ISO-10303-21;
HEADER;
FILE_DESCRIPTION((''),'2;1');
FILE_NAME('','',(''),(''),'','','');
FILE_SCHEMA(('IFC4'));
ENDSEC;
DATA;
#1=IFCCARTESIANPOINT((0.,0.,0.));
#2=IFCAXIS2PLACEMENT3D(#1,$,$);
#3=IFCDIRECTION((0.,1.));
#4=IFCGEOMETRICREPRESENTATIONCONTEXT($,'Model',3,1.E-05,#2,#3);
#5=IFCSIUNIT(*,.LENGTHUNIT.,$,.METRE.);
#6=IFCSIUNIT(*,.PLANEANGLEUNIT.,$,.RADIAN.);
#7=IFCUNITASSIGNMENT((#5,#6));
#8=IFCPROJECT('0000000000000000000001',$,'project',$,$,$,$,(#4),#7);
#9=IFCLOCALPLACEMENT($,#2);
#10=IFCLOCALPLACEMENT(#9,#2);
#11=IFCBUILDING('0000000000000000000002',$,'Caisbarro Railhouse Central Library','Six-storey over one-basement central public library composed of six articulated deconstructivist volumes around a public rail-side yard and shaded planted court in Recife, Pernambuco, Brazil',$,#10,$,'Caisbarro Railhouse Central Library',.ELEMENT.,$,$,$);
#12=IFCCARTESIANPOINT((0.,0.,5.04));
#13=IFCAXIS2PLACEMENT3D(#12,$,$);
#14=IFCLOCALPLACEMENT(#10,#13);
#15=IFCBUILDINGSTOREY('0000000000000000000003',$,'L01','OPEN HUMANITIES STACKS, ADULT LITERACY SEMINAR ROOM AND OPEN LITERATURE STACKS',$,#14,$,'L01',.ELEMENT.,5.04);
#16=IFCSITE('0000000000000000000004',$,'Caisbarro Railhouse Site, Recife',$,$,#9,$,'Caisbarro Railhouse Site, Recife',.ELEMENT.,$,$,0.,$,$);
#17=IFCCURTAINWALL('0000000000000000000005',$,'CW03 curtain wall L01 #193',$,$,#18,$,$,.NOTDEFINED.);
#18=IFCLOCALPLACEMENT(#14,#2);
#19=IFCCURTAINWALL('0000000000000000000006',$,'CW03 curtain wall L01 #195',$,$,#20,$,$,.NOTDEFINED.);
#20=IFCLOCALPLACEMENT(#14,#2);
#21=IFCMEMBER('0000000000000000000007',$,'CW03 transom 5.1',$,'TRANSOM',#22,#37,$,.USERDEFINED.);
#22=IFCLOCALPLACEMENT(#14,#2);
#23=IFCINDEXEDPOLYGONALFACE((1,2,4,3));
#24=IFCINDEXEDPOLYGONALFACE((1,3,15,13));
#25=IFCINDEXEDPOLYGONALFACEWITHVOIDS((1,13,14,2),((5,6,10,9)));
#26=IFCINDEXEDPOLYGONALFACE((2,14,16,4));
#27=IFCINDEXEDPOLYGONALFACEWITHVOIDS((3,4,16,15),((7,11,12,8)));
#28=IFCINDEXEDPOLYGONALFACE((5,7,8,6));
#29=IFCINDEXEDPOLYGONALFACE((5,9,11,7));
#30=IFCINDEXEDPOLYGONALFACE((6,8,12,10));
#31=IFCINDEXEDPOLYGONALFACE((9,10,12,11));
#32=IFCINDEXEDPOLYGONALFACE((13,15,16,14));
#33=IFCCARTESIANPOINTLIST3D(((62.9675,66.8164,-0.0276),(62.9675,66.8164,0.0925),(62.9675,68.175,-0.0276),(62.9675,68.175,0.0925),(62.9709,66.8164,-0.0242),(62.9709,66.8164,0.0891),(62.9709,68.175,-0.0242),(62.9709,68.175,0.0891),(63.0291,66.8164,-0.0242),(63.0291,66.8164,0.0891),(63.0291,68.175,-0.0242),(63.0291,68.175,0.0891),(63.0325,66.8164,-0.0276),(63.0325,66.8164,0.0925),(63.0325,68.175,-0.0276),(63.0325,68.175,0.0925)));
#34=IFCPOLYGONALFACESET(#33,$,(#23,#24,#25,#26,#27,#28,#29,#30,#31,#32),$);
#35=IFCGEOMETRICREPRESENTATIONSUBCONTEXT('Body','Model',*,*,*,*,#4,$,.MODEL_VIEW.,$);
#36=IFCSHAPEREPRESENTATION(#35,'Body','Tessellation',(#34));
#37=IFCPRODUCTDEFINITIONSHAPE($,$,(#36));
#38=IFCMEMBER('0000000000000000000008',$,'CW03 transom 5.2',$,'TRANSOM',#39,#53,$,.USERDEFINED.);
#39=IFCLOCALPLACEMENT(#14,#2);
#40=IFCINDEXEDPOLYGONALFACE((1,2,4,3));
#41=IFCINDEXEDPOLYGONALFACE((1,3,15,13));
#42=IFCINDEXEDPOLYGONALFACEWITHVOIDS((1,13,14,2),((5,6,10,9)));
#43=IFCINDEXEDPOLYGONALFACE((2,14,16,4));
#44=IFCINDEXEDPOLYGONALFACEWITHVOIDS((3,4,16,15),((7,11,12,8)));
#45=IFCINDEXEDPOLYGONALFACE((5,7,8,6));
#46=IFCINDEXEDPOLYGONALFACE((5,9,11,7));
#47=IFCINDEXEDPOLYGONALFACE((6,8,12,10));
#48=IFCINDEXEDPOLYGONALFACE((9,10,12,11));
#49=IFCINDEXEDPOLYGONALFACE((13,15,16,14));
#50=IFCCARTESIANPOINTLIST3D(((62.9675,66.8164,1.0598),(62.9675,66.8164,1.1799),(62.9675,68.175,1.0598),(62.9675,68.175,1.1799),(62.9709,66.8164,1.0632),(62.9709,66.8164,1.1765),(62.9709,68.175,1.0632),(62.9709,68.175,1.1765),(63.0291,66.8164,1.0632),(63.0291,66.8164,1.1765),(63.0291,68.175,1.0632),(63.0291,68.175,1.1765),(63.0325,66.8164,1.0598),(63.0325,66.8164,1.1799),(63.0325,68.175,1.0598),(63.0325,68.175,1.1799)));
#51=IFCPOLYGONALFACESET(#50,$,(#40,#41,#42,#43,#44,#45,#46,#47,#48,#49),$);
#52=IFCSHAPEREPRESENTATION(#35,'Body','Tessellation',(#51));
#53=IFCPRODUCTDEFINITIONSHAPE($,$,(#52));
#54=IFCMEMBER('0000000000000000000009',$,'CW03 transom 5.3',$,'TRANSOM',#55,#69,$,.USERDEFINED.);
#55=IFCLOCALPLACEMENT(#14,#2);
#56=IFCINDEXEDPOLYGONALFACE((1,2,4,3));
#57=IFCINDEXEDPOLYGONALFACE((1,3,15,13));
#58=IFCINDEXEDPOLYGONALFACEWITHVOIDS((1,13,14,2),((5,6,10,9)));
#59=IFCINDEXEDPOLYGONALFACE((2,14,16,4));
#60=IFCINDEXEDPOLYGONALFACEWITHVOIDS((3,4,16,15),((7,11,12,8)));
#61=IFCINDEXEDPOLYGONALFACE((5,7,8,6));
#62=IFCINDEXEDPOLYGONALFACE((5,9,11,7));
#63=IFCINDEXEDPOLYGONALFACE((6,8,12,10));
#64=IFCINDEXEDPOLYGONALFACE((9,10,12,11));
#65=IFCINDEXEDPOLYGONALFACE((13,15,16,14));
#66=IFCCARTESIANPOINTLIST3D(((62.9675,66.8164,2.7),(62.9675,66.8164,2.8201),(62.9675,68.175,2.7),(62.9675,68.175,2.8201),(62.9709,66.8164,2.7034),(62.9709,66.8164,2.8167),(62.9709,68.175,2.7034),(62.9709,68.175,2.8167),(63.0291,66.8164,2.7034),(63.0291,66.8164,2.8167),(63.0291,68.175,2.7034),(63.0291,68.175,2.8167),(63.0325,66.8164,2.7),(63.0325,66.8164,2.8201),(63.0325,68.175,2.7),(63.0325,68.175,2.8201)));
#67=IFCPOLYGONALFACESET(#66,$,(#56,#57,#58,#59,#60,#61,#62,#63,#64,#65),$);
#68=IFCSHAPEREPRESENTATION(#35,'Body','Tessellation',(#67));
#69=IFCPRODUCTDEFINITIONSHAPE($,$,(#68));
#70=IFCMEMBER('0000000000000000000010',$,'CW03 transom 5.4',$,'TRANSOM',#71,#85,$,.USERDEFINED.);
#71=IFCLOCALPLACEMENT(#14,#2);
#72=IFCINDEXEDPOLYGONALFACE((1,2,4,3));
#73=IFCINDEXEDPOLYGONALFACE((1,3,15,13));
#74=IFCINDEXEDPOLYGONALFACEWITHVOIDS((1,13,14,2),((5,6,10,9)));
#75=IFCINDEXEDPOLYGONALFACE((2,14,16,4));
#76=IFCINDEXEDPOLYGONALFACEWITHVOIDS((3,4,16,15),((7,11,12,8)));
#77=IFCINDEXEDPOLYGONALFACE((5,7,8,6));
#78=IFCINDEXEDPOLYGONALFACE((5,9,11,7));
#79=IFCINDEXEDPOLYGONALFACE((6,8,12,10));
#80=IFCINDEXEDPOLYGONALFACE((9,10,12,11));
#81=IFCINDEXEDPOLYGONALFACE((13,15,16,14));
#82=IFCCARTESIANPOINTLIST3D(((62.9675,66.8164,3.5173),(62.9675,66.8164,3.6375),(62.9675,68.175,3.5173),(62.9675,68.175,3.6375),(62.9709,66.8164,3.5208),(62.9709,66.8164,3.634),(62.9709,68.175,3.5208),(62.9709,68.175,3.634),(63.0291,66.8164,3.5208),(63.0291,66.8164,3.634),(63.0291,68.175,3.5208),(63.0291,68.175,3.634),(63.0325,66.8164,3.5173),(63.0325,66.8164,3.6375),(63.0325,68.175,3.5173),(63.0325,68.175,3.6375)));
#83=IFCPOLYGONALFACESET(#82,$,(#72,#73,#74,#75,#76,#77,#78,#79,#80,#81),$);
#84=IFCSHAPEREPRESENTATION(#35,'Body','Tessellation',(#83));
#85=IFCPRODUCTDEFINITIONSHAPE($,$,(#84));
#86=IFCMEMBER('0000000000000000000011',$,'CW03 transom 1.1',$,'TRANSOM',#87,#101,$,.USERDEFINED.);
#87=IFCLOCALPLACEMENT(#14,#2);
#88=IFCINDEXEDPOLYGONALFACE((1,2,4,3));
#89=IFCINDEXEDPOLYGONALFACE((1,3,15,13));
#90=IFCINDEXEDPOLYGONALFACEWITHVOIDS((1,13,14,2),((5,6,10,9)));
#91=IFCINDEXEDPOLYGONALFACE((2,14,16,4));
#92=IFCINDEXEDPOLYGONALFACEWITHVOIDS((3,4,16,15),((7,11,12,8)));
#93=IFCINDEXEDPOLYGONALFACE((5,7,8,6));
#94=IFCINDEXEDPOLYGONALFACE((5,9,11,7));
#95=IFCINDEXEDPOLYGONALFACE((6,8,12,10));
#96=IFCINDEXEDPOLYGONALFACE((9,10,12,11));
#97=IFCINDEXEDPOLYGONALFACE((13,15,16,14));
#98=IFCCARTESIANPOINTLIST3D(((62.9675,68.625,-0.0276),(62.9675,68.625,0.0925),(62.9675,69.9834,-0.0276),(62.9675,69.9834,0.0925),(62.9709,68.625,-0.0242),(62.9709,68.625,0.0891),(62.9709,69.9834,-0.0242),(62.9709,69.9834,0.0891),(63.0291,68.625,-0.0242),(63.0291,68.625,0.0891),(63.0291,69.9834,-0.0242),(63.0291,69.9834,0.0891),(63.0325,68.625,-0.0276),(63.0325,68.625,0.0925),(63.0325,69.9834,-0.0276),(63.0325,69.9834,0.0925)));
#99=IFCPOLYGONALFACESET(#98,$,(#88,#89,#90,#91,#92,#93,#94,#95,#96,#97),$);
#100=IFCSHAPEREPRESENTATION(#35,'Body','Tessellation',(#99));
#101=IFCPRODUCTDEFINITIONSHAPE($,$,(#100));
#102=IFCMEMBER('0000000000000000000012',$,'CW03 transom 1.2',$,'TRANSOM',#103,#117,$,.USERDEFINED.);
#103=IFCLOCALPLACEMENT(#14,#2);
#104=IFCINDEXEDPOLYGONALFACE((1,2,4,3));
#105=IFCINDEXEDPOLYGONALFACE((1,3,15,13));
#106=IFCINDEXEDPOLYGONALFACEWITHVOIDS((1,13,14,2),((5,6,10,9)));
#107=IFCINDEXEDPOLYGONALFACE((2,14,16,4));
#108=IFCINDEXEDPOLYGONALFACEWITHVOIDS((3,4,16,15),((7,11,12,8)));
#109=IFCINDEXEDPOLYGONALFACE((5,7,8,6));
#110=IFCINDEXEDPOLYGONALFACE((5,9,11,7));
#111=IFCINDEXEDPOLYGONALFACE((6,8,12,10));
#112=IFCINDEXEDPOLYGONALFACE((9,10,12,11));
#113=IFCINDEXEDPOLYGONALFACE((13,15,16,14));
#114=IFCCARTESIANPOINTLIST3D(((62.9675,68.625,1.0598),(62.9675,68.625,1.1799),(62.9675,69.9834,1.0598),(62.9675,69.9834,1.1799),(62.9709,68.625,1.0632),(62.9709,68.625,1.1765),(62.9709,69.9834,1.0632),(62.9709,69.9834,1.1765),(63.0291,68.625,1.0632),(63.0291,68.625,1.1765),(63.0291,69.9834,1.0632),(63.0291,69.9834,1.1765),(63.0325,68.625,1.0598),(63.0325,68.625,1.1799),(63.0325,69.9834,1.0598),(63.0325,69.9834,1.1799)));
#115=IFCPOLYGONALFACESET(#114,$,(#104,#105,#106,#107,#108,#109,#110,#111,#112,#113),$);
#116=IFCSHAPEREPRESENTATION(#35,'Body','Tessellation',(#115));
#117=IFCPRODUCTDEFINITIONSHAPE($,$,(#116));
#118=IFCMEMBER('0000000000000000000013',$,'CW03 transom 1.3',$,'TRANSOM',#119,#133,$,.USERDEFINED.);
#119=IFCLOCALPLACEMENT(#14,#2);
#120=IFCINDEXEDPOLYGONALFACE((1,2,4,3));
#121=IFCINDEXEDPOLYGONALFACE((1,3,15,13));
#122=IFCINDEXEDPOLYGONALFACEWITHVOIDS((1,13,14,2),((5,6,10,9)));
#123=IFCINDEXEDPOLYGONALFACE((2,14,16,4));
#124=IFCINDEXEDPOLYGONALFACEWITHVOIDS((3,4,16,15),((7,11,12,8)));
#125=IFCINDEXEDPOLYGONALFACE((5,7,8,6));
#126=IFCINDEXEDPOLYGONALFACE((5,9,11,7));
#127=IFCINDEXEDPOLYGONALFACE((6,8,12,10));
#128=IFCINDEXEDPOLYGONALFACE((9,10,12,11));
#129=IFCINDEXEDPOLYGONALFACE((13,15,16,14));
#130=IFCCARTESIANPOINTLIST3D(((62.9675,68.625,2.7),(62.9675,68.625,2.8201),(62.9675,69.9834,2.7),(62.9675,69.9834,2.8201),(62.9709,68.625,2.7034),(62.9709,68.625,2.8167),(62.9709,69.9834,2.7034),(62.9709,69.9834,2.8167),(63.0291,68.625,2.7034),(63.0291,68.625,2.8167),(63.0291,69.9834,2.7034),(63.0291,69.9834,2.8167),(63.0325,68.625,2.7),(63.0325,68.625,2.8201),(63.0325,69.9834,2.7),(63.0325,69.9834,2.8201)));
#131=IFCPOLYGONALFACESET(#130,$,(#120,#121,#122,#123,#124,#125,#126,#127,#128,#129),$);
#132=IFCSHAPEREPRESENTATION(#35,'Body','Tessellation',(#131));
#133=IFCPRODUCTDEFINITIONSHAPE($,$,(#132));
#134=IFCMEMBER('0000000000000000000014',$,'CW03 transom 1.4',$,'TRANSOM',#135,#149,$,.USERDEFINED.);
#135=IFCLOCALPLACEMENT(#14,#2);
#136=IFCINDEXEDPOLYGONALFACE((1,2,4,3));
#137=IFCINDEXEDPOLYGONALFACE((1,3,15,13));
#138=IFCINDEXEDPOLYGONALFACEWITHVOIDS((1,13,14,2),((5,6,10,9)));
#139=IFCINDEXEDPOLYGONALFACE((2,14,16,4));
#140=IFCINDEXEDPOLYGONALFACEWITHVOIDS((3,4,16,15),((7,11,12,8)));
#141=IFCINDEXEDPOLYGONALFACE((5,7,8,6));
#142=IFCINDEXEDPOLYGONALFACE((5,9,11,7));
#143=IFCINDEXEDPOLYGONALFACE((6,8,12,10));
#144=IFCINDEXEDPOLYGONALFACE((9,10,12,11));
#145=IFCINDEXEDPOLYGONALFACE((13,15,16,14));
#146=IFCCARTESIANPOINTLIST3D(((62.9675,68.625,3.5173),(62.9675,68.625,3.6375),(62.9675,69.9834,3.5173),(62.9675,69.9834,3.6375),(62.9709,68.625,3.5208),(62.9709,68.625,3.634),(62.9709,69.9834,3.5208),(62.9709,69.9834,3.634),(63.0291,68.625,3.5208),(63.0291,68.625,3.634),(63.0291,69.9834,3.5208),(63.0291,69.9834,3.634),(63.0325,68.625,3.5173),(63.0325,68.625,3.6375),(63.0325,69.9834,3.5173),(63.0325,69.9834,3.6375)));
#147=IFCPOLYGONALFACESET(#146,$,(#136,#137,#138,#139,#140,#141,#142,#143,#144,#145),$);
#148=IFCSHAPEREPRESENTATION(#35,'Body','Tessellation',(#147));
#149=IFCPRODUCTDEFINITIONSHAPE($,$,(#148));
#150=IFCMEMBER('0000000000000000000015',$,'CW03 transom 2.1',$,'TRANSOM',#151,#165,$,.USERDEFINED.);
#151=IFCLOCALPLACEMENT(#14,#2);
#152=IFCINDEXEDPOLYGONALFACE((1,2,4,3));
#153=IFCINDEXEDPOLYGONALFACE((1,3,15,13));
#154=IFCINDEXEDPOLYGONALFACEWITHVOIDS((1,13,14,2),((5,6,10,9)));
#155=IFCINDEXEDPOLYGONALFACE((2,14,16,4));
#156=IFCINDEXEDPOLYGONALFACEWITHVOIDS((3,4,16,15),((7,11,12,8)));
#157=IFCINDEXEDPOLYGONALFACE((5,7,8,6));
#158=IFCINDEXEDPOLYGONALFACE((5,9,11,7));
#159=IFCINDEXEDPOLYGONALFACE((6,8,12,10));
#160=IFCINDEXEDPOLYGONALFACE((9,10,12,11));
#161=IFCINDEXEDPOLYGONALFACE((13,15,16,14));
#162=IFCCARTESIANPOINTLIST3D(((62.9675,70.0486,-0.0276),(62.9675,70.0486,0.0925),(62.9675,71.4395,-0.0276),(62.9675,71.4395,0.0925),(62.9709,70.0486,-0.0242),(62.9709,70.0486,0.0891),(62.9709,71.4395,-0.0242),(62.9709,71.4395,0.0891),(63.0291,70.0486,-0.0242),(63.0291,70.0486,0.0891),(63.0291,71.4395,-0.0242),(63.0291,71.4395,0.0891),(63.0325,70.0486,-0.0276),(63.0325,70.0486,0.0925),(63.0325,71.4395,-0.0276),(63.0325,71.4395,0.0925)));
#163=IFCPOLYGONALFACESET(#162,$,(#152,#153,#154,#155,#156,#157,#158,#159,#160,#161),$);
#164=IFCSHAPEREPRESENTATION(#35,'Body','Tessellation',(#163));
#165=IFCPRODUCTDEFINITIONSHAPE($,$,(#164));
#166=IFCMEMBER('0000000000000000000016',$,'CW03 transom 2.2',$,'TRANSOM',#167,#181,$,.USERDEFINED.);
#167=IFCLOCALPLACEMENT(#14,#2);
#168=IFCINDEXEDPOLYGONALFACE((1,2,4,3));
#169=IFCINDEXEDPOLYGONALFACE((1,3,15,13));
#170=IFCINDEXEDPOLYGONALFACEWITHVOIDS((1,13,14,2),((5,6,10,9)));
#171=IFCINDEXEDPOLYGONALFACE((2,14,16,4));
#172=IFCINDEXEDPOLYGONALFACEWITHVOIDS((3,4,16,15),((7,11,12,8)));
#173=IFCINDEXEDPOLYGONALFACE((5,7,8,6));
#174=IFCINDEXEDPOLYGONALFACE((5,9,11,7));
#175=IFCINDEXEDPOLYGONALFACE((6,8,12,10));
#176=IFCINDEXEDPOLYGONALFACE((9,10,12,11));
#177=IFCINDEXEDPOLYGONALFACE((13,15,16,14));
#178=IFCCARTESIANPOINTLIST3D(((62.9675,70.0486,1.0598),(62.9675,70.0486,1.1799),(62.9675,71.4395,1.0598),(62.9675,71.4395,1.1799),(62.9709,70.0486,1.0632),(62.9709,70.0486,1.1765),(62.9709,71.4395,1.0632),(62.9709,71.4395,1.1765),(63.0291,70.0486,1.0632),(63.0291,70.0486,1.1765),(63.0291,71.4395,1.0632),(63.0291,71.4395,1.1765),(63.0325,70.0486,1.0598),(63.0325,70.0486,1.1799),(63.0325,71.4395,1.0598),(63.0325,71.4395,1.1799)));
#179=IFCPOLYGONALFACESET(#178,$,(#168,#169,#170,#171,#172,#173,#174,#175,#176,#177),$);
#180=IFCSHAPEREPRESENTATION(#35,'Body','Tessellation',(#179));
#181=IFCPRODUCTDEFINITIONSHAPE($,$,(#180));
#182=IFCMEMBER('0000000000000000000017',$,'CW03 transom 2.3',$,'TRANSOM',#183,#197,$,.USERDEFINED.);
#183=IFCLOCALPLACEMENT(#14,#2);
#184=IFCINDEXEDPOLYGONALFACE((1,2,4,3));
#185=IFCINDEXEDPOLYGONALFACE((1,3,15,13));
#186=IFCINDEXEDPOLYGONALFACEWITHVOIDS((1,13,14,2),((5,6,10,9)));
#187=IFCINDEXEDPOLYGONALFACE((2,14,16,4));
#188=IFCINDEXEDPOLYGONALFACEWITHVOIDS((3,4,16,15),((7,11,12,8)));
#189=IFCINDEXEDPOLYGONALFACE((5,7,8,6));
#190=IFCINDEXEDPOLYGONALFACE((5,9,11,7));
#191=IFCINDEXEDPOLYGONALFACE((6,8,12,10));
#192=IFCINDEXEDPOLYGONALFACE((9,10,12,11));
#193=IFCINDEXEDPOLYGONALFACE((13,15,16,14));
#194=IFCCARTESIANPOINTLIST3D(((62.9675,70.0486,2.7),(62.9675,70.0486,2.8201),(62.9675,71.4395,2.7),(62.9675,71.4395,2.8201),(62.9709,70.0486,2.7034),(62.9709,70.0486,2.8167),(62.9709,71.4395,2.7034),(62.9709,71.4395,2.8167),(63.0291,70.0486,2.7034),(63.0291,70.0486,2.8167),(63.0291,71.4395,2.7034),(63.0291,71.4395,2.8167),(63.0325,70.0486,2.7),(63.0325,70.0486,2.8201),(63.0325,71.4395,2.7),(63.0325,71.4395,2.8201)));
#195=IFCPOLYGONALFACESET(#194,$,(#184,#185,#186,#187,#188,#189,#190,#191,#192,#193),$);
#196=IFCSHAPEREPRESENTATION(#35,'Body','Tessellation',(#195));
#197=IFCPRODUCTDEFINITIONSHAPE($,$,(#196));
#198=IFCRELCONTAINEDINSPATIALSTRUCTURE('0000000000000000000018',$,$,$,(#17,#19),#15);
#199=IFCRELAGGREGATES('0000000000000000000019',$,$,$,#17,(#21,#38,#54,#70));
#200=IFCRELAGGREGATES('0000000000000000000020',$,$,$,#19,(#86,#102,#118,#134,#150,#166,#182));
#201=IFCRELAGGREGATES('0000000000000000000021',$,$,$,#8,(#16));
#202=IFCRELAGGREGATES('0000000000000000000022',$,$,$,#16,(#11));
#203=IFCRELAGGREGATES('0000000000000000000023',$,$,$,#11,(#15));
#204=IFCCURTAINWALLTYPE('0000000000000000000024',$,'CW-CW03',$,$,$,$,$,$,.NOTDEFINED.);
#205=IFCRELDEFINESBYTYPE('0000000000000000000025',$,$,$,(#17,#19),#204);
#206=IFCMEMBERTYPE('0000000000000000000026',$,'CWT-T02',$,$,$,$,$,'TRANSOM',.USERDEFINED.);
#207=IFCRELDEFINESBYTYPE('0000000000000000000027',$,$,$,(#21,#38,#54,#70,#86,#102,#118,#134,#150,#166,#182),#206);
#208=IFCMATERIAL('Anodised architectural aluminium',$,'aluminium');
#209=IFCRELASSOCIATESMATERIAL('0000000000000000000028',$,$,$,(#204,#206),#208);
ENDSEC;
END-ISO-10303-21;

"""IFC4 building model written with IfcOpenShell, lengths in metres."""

from ifc_helpers import new_model, si_unit, direction, frame, origin, origin_2d, place, context, subcontext, project, spatial, hollow_rectangle, extrude, material, material_profile, profile_set, type_object, element, aggregate, save


model = new_model("IFC4")

# Units and contexts
model_context = context("Model", 3, precision=1e-05, world=origin(), true_north=direction((0.0, 1.0)))
body_context = subcontext(model_context, "Body", "Model", "MODEL_VIEW")
ifc_project = project(units=[si_unit("LENGTHUNIT", "METRE"), si_unit("PLANEANGLEUNIT", "RADIAN")], contexts=[model_context])

# Site, building, storey
site_placement = place(None, origin())
site = spatial("IfcSite", under=ifc_project, at=site_placement, Name="Caisbarro Railhouse Site, Recife", LongName="Caisbarro Railhouse Site, Recife", CompositionType="ELEMENT", RefElevation=0.0)
building_placement = place(site_placement, origin())
building = spatial("IfcBuilding", under=site, at=building_placement, Name="Caisbarro Railhouse Central Library", Description="Six-storey over one-basement central public library composed of six articulated deconstructivist volumes around a public rail-side yard and shaded planted court in Recife, Pernambuco, Brazil", LongName="Caisbarro Railhouse Central Library", CompositionType="ELEMENT")
storey_placement = place(building_placement, frame((0.0, 0.0, 5.04)))
storey = spatial("IfcBuildingStorey", under=building, at=storey_placement, Name="L01", Description="OPEN HUMANITIES STACKS, ADULT LITERACY SEMINAR ROOM AND OPEN LITERATURE STACKS", LongName="L01", CompositionType="ELEMENT", Elevation=5.04)

# Curtain walls
ifc_material_1 = material(Name="Anodised architectural aluminium", Category="aluminium")
curtain_wall_type = type_object("IfcCurtainWallType", Name="CW-CW03", PredefinedType="NOTDEFINED", material=ifc_material_1)
curtain_wall_1_placement = place(storey_placement, origin())
curtain_wall_1 = element("IfcCurtainWall", 1, at=curtain_wall_1_placement, inside=storey, type_object=curtain_wall_type, Name="CW03 curtain wall L01 #193", PredefinedType="NOTDEFINED")
curtain_wall_2_placement = place(storey_placement, origin())
curtain_wall_2 = element("IfcCurtainWall", 2, at=curtain_wall_2_placement, inside=storey, type_object=curtain_wall_type, Name="CW03 curtain wall L01 #195", PredefinedType="NOTDEFINED")

# Members
ifc_material_profile_1 = material_profile(ifc_material_1, hollow_rectangle(XDim=0.0649, YDim=0.1201, WallThickness=0.0034, at=origin_2d()), Name="ALU-TRN-65X120")
ifc_profile_set_1 = profile_set([ifc_material_profile_1], Name="Anodised architectural aluminium")
member_type_1 = type_object("IfcMemberType", Name="CWT-T02", ElementType="TRANSOM", PredefinedType="USERDEFINED", material=ifc_profile_set_1)
member_1_placement = place(storey_placement, frame((63.0, 66.8164, 0.0325), z_axis=(0.0, 1.0, 0.0), x_axis=(-1.0, 0.0, 0.0)))
member_1 = element("IfcMember", 3, at=member_1_placement, type_object=member_type_1, Name="CW03 transom 5.1", ObjectType="TRANSOM", PredefinedType="USERDEFINED", context=body_context, shape_type="SweptSolid", body=[
    extrude(hollow_rectangle(XDim=0.0649, YDim=0.1201, WallThickness=0.0034, at=origin_2d()), origin(), (0.0, 0.0, 1.0), 1.3586),
])
member_2_placement = place(storey_placement, frame((63.0, 66.8164, 1.1199), z_axis=(0.0, 1.0, 0.0), x_axis=(-1.0, 0.0, 0.0)))
member_2 = element("IfcMember", 4, at=member_2_placement, type_object=member_type_1, Name="CW03 transom 5.2", ObjectType="TRANSOM", PredefinedType="USERDEFINED", context=body_context, shape_type="SweptSolid", body=[
    extrude(hollow_rectangle(XDim=0.0649, YDim=0.1201, WallThickness=0.0034, at=origin_2d()), origin(), (0.0, 0.0, 1.0), 1.3586),
])
member_3_placement = place(storey_placement, frame((63.0, 66.8164, 2.76), z_axis=(0.0, 1.0, 0.0), x_axis=(-1.0, 0.0, 0.0)))
member_3 = element("IfcMember", 5, at=member_3_placement, type_object=member_type_1, Name="CW03 transom 5.3", ObjectType="TRANSOM", PredefinedType="USERDEFINED", context=body_context, shape_type="SweptSolid", body=[
    extrude(hollow_rectangle(XDim=0.0649, YDim=0.1201, WallThickness=0.0034, at=origin_2d()), origin(), (0.0, 0.0, 1.0), 1.3586),
])
member_4_placement = place(storey_placement, frame((63.0, 66.8164, 3.5774), z_axis=(0.0, 1.0, 0.0), x_axis=(-1.0, 0.0, 0.0)))
member_4 = element("IfcMember", 6, at=member_4_placement, type_object=member_type_1, Name="CW03 transom 5.4", ObjectType="TRANSOM", PredefinedType="USERDEFINED", context=body_context, shape_type="SweptSolid", body=[
    extrude(hollow_rectangle(XDim=0.0649, YDim=0.1201, WallThickness=0.0034, at=origin_2d()), origin(), (0.0, 0.0, 1.0), 1.3586),
])
member_5_placement = place(storey_placement, frame((63.0, 68.625, 0.0325), z_axis=(0.0, 1.0, 0.0), x_axis=(-1.0, 0.0, 0.0)))
member_5 = element("IfcMember", 7, at=member_5_placement, type_object=member_type_1, Name="CW03 transom 1.1", ObjectType="TRANSOM", PredefinedType="USERDEFINED", context=body_context, shape_type="SweptSolid", body=[
    extrude(hollow_rectangle(XDim=0.0649, YDim=0.1201, WallThickness=0.0034, at=origin_2d()), origin(), (0.0, 0.0, 1.0), 1.3584),
])
member_6_placement = place(storey_placement, frame((63.0, 68.625, 1.1199), z_axis=(0.0, 1.0, 0.0), x_axis=(-1.0, 0.0, 0.0)))
member_6 = element("IfcMember", 8, at=member_6_placement, type_object=member_type_1, Name="CW03 transom 1.2", ObjectType="TRANSOM", PredefinedType="USERDEFINED", context=body_context, shape_type="SweptSolid", body=[
    extrude(hollow_rectangle(XDim=0.0649, YDim=0.1201, WallThickness=0.0034, at=origin_2d()), origin(), (0.0, 0.0, 1.0), 1.3584),
])
member_7_placement = place(storey_placement, frame((63.0, 68.625, 2.76), z_axis=(0.0, 1.0, 0.0), x_axis=(-1.0, 0.0, 0.0)))
member_7 = element("IfcMember", 9, at=member_7_placement, type_object=member_type_1, Name="CW03 transom 1.3", ObjectType="TRANSOM", PredefinedType="USERDEFINED", context=body_context, shape_type="SweptSolid", body=[
    extrude(hollow_rectangle(XDim=0.0649, YDim=0.1201, WallThickness=0.0034, at=origin_2d()), origin(), (0.0, 0.0, 1.0), 1.3584),
])
member_8_placement = place(storey_placement, frame((63.0, 68.625, 3.5774), z_axis=(0.0, 1.0, 0.0), x_axis=(-1.0, 0.0, 0.0)))
member_8 = element("IfcMember", 10, at=member_8_placement, type_object=member_type_1, Name="CW03 transom 1.4", ObjectType="TRANSOM", PredefinedType="USERDEFINED", context=body_context, shape_type="SweptSolid", body=[
    extrude(hollow_rectangle(XDim=0.0649, YDim=0.1201, WallThickness=0.0034, at=origin_2d()), origin(), (0.0, 0.0, 1.0), 1.3584),
])
member_9_placement = place(storey_placement, frame((63.0, 70.0486, 0.0325), z_axis=(0.0, 1.0, 0.0), x_axis=(-1.0, 0.0, 0.0)))
member_9 = element("IfcMember", 11, at=member_9_placement, type_object=member_type_1, Name="CW03 transom 2.1", ObjectType="TRANSOM", PredefinedType="USERDEFINED", context=body_context, shape_type="SweptSolid", body=[
    extrude(hollow_rectangle(XDim=0.0649, YDim=0.1201, WallThickness=0.0034, at=origin_2d()), origin(), (0.0, 0.0, 1.0), 1.3909),
])
member_10_placement = place(storey_placement, frame((63.0, 70.0486, 1.1199), z_axis=(0.0, 1.0, 0.0), x_axis=(-1.0, 0.0, 0.0)))
member_10 = element("IfcMember", 12, at=member_10_placement, type_object=member_type_1, Name="CW03 transom 2.2", ObjectType="TRANSOM", PredefinedType="USERDEFINED", context=body_context, shape_type="SweptSolid", body=[
    extrude(hollow_rectangle(XDim=0.0649, YDim=0.1201, WallThickness=0.0034, at=origin_2d()), origin(), (0.0, 0.0, 1.0), 1.3909),
])
member_11_placement = place(storey_placement, frame((63.0, 70.0486, 2.76), z_axis=(0.0, 1.0, 0.0), x_axis=(-1.0, 0.0, 0.0)))
member_11 = element("IfcMember", 13, at=member_11_placement, type_object=member_type_1, Name="CW03 transom 2.3", ObjectType="TRANSOM", PredefinedType="USERDEFINED", context=body_context, shape_type="SweptSolid", body=[
    extrude(hollow_rectangle(XDim=0.0649, YDim=0.1201, WallThickness=0.0034, at=origin_2d()), origin(), (0.0, 0.0, 1.0), 1.3909),
])

aggregate(curtain_wall_1, [member_1, member_2, member_3, member_4])
aggregate(curtain_wall_2, [member_5, member_6, member_7, member_8, member_9, member_10, member_11])

save(model, "model.ifc")
